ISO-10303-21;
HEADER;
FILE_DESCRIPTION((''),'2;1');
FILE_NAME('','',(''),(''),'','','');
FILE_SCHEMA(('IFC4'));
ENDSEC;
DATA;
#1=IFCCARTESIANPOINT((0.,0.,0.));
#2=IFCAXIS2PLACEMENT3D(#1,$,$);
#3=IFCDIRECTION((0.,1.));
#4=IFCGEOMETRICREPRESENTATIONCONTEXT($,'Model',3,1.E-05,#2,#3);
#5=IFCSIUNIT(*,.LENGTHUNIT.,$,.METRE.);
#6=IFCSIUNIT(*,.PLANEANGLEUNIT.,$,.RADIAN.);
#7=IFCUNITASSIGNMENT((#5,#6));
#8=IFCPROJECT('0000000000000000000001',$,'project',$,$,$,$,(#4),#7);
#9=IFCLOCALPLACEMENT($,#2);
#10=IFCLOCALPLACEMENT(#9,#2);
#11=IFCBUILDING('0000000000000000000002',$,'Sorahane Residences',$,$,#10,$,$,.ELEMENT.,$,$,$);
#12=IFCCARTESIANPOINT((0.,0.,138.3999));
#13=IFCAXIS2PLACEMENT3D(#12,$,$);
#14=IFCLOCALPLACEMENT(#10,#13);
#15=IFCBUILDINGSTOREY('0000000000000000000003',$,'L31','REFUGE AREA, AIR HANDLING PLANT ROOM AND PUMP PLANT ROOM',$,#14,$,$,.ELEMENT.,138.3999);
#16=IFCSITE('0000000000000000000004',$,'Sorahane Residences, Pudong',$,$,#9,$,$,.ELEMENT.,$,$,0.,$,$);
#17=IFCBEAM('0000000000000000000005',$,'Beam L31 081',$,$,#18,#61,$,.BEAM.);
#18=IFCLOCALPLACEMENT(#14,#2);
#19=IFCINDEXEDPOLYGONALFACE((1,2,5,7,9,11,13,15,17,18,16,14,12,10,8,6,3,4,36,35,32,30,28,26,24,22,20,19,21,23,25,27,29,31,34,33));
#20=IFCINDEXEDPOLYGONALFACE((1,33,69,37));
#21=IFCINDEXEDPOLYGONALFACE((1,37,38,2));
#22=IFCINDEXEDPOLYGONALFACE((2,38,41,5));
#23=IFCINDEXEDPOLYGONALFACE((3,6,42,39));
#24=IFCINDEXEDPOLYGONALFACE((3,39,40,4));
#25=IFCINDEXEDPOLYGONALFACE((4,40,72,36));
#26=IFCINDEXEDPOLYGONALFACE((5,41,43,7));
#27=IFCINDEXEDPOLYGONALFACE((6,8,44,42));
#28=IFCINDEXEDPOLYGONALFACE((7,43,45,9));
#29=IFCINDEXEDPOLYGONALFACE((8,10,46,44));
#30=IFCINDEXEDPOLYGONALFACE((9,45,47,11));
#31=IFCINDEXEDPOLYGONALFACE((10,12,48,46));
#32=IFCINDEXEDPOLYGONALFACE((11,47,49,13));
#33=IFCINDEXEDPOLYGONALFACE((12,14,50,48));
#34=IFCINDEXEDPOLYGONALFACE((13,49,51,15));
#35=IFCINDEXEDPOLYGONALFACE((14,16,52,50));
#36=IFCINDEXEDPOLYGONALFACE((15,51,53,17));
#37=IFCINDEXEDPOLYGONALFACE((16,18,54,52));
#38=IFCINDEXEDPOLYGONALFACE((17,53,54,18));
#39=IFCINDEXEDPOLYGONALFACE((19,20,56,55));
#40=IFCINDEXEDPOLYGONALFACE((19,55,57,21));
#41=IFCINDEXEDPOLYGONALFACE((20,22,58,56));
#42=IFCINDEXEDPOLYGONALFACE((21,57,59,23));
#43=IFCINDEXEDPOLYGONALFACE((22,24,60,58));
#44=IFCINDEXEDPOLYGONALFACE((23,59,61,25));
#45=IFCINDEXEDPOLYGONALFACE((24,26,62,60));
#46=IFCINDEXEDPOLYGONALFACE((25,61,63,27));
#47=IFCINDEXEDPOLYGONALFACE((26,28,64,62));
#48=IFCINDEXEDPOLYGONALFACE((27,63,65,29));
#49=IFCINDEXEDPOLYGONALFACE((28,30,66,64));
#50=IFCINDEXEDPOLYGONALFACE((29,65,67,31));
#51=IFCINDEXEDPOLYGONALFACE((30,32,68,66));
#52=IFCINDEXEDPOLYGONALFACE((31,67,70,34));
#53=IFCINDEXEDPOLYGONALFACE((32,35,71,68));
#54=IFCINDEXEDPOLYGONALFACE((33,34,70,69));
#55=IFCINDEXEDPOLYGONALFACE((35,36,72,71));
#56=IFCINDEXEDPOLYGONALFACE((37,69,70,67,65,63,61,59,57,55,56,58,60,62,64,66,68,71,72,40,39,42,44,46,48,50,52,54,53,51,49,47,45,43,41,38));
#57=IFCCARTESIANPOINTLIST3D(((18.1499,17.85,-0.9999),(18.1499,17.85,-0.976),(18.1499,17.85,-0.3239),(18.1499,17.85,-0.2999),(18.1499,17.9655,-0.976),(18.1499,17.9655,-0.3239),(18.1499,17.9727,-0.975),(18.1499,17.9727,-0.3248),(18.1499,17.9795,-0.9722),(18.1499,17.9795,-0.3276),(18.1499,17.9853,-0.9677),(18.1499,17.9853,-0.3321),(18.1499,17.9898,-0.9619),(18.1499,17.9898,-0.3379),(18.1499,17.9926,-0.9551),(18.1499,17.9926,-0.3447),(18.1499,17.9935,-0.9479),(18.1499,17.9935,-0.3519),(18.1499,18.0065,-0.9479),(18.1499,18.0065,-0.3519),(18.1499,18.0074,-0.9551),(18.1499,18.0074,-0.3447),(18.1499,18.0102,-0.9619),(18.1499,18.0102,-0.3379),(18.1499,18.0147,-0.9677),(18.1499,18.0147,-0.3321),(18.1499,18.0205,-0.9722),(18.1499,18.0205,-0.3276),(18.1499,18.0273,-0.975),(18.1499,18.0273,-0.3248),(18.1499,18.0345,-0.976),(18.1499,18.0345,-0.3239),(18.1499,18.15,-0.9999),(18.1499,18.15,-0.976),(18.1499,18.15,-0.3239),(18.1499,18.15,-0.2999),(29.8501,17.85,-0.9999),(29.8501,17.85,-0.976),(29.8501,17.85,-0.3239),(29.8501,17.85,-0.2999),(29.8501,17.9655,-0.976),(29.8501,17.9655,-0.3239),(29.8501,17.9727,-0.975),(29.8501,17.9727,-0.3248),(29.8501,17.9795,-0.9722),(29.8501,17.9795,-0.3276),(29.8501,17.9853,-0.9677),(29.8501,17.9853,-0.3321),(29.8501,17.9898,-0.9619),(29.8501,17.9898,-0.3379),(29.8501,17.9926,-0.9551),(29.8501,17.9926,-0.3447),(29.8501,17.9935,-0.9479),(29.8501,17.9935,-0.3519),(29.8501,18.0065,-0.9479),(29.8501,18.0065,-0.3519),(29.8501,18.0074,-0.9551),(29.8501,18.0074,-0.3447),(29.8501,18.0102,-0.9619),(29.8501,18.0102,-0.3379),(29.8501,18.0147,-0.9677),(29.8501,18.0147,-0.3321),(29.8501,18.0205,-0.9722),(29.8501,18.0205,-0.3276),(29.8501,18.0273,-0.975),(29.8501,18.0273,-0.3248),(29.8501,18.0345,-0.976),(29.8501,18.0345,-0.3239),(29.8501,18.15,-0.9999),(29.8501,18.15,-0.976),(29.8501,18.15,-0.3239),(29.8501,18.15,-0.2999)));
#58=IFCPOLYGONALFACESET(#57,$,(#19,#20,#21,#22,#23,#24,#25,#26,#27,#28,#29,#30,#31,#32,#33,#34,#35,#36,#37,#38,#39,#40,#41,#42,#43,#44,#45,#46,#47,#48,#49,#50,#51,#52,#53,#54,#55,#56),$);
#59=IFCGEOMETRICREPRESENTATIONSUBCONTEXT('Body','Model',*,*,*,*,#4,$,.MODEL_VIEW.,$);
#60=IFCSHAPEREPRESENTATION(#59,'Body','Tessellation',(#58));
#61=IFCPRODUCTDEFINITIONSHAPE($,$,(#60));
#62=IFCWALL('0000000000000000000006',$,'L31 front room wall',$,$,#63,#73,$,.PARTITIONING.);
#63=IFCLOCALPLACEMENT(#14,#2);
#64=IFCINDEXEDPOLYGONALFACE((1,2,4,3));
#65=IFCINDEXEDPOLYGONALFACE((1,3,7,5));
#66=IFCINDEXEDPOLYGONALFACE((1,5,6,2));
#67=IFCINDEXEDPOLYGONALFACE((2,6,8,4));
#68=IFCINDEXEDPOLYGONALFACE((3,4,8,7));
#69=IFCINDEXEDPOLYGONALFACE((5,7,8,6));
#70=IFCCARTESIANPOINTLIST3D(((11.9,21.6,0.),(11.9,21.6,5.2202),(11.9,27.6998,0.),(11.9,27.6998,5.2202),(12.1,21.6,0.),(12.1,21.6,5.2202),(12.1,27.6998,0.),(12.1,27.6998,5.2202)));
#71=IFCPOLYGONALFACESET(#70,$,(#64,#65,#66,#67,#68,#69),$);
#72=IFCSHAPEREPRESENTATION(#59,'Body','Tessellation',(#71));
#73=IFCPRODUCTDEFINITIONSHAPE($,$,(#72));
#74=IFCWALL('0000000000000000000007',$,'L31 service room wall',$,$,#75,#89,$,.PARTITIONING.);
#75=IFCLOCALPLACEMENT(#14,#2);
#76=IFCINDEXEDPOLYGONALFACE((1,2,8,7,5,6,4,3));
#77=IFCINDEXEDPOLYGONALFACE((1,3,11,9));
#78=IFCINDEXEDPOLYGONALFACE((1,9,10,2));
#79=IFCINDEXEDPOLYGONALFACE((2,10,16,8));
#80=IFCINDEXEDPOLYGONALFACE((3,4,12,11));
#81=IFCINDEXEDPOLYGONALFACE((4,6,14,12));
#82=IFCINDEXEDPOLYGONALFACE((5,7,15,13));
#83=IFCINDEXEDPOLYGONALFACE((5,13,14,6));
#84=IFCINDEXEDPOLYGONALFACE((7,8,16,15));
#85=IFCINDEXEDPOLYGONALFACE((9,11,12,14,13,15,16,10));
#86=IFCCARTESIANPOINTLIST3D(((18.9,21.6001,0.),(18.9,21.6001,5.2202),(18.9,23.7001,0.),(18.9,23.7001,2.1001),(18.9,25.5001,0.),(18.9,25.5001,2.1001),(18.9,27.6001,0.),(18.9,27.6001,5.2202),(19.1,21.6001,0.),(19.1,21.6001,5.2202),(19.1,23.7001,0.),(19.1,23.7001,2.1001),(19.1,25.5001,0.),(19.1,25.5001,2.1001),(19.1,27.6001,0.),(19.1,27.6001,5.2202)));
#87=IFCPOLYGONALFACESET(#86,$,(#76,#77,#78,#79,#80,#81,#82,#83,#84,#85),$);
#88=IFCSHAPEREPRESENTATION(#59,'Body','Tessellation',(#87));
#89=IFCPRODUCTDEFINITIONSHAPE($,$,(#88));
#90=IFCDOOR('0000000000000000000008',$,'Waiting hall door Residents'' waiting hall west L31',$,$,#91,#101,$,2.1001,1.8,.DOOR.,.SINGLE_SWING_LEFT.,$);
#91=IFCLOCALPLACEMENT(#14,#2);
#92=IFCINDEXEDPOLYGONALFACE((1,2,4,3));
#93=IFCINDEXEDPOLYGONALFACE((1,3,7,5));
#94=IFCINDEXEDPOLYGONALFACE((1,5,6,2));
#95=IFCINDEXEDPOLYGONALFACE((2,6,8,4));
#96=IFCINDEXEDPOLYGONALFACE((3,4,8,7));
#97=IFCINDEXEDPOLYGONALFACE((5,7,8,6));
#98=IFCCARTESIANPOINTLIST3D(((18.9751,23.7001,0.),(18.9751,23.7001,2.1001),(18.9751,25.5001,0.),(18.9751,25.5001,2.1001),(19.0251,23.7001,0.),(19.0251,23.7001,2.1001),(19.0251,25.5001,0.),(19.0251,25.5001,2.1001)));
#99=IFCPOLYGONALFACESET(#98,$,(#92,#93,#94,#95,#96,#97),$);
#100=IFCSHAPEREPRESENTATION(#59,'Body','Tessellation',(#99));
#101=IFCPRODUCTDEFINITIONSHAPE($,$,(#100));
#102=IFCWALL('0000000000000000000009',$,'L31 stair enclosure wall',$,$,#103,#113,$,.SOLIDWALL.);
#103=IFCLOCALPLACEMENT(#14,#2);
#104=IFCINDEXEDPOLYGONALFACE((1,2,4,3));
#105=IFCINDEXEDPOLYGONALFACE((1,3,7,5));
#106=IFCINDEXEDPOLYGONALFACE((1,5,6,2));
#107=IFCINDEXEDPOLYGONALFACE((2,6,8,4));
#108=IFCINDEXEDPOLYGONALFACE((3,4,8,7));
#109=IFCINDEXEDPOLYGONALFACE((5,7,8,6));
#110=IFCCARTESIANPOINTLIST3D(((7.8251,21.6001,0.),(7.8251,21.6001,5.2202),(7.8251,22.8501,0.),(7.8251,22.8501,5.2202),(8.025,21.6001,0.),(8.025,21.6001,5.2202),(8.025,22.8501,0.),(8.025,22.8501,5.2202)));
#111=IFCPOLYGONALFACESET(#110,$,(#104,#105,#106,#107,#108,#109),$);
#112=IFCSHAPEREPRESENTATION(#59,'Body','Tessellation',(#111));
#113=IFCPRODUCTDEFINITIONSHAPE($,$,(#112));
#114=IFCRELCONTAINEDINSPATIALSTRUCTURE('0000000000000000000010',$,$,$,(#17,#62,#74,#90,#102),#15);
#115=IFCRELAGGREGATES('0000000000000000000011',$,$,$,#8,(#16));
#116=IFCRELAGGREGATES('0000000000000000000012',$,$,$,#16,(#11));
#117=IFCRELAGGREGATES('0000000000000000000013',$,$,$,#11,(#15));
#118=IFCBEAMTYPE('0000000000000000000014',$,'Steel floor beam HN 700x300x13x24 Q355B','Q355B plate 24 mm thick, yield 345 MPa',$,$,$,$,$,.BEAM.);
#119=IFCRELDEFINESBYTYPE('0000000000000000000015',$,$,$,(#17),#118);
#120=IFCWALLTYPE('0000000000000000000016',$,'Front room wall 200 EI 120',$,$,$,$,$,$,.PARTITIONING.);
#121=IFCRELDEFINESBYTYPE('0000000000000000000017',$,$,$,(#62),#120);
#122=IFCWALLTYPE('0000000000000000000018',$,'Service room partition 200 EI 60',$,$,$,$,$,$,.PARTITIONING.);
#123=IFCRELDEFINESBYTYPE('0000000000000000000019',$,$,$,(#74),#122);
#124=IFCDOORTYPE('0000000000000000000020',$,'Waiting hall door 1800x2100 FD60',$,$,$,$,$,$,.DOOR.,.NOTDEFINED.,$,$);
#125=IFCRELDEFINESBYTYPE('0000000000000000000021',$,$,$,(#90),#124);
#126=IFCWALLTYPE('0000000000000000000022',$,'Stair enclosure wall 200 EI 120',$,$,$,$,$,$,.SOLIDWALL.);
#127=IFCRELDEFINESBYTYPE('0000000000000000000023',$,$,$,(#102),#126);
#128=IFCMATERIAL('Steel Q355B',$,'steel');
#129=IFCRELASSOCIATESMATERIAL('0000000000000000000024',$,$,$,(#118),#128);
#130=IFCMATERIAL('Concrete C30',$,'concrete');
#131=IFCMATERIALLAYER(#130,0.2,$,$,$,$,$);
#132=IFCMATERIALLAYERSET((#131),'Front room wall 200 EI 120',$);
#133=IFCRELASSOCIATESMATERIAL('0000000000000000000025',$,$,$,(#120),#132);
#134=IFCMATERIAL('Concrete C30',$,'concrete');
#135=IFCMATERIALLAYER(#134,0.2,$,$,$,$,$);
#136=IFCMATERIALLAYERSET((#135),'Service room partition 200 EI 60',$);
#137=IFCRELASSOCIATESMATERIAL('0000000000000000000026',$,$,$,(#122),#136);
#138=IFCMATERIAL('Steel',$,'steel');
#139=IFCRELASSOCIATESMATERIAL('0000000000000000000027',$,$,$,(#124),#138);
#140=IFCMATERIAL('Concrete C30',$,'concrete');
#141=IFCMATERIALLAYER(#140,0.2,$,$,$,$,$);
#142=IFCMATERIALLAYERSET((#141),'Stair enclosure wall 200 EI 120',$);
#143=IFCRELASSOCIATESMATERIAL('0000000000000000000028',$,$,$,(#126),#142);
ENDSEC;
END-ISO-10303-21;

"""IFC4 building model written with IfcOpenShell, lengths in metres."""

from ifc_helpers import new_model, si_unit, direction, frame, frame_2d, origin, origin_2d, place, context, subcontext, project, spatial, rectangle, i_section, extrude, material, layer, layer_set, material_profile, profile_set, type_object, element, fill, save


model = new_model("IFC4")

# Units and contexts
model_context = context("Model", 3, precision=1e-05, world=origin(), true_north=direction((0.0, 1.0)))
body_context = subcontext(model_context, "Body", "Model", "MODEL_VIEW")
ifc_project = project(units=[si_unit("LENGTHUNIT", "METRE"), si_unit("PLANEANGLEUNIT", "RADIAN")], contexts=[model_context])

# Site, building, storey
site_placement = place(None, origin())
site = spatial("IfcSite", under=ifc_project, at=site_placement, Name="Sorahane Residences, Pudong", CompositionType="ELEMENT", RefElevation=0.0)
building_placement = place(site_placement, origin())
building = spatial("IfcBuilding", under=site, at=building_placement, Name="Sorahane Residences", CompositionType="ELEMENT")
storey_placement = place(building_placement, frame((0.0, 0.0, 138.3999)))
storey = spatial("IfcBuildingStorey", under=building, at=storey_placement, Name="L31", Description="REFUGE AREA, AIR HANDLING PLANT ROOM AND PUMP PLANT ROOM", CompositionType="ELEMENT", Elevation=138.3999)

# Beam
ifc_material_1 = material(Name="Steel Q355B", Category="steel")
ifc_material_profile_1 = material_profile(ifc_material_1, i_section(OverallWidth=0.3, OverallDepth=0.7, WebThickness=0.0129, FlangeThickness=0.0239, FilletRadius=0.0281, at=origin_2d()), Name="HN 700x300x13x24")
ifc_profile_set_1 = profile_set([ifc_material_profile_1], Name="Steel Q355B")
beam_type_1 = type_object("IfcBeamType", Name="Steel floor beam HN 700x300x13x24 Q355B", Description="Q355B plate 24 mm thick, yield 345 MPa", PredefinedType="BEAM", material=ifc_profile_set_1)
beam_1_placement = place(storey_placement, frame((18.1499, 18.0, -0.6499), z_axis=(1.0, 0.0, 0.0), x_axis=(0.0, 1.0, 0.0)))
element("IfcBeam", 1, at=beam_1_placement, inside=storey, type_object=beam_type_1, Name="Beam L31 081", PredefinedType="BEAM", context=body_context, shape_type="SweptSolid", body=[
    extrude(i_section(OverallWidth=0.3, OverallDepth=0.7, WebThickness=0.0129, FlangeThickness=0.0239, FilletRadius=0.0281, at=origin_2d()), origin(), (0.0, 0.0, 1.0), 11.7002),
])

# Wall
ifc_material_2 = material(Name="Concrete C30", Category="concrete")
ifc_layer_1 = layer(ifc_material_2, 0.2)
ifc_layer_set_1 = layer_set([ifc_layer_1], Name="Front room wall 200 EI 120")
wall_type_1 = type_object("IfcWallType", Name="Front room wall 200 EI 120", PredefinedType="PARTITIONING", material=ifc_layer_set_1)
wall_1_placement = place(storey_placement, frame((12.0, 21.6001, 0.0), z_axis=(0.0, 0.0, 1.0), x_axis=(0.0, 1.0, 0.0)))
element("IfcWall", 2, at=wall_1_placement, inside=storey, type_object=wall_type_1, Name="L31 front room wall", PredefinedType="PARTITIONING", context=body_context, shape_type="SweptSolid", body=[
    extrude(rectangle(XDim=6.0999, YDim=0.2, at=frame_2d((3.0498, 0.0))), origin(), (0.0, 0.0, 1.0), 5.2202),
])

# Wall, opening, door
ifc_material_3 = material(Name="Concrete C30", Category="concrete")
ifc_layer_2 = layer(ifc_material_3, 0.2)
ifc_layer_set_2 = layer_set([ifc_layer_2], Name="Service room partition 200 EI 60")
wall_type_2 = type_object("IfcWallType", Name="Service room partition 200 EI 60", PredefinedType="PARTITIONING", material=ifc_layer_set_2)
wall_2_placement = place(storey_placement, frame((19.0, 21.6001, 0.0), z_axis=(0.0, 0.0, 1.0), x_axis=(0.0, 1.0, 0.0)))
wall_2 = element("IfcWall", 3, at=wall_2_placement, inside=storey, type_object=wall_type_2, Name="L31 service room wall", PredefinedType="PARTITIONING", context=body_context, shape_type="SweptSolid", body=[
    extrude(rectangle(XDim=6.0, YDim=0.2, at=frame_2d((3.0, 0.0))), origin(), (0.0, 0.0, 1.0), 5.2202),
])
opening_1_placement = place(wall_2_placement, frame((2.1001, 0.0, 0.0)))
opening_1 = element("IfcOpeningElement", 4, at=opening_1_placement, cuts=wall_2, PredefinedType="OPENING", context=body_context, shape_type="SweptSolid", body=[
    extrude(rectangle(XDim=1.8, YDim=2.1001, at=frame_2d((0.8999, 1.05))), frame((0.0, 0.1099, 0.0), z_axis=(0.0, -1.0, 0.0), x_axis=(1.0, 0.0, 0.0)), (0.0, 0.0, 1.0), 0.22),
])
ifc_material_4 = material(Name="Steel", Category="steel")
door_type_1 = type_object("IfcDoorType", Name="Waiting hall door 1800x2100 FD60", OperationType="NOTDEFINED", PredefinedType="DOOR", material=ifc_material_4)
door_1_placement = place(opening_1_placement, origin())
door_1 = element("IfcDoor", 5, at=door_1_placement, inside=storey, type_object=door_type_1, Name="Waiting hall door Residents' waiting hall west L31", OperationType="SINGLE_SWING_LEFT", OverallHeight=2.1001, OverallWidth=1.8, PredefinedType="DOOR", context=body_context, shape_type="SweptSolid", body=[
    extrude(rectangle(XDim=1.8, YDim=2.1001, at=frame_2d((0.8999, 1.05))), frame((0.0, 0.0249, 0.0), z_axis=(0.0, -1.0, 0.0), x_axis=(1.0, 0.0, 0.0)), (0.0, 0.0, 1.0), 0.05),
])
fill(opening_1, door_1)

# Wall
ifc_material_5 = material(Name="Concrete C30", Category="concrete")
ifc_layer_3 = layer(ifc_material_5, 0.2)
ifc_layer_set_3 = layer_set([ifc_layer_3], Name="Stair enclosure wall 200 EI 120")
wall_type_3 = type_object("IfcWallType", Name="Stair enclosure wall 200 EI 120", PredefinedType="SOLIDWALL", material=ifc_layer_set_3)
wall_3_placement = place(storey_placement, frame((7.925, 21.6001, 0.0), z_axis=(0.0, 0.0, 1.0), x_axis=(0.0, 1.0, 0.0)))
element("IfcWall", 6, at=wall_3_placement, inside=storey, type_object=wall_type_3, Name="L31 stair enclosure wall", PredefinedType="SOLIDWALL", context=body_context, shape_type="SweptSolid", body=[
    extrude(rectangle(XDim=1.25, YDim=0.2, at=frame_2d((0.625, 0.0))), origin(), (0.0, 0.0, 1.0), 5.2202),
])

save(model, "model.ifc")
